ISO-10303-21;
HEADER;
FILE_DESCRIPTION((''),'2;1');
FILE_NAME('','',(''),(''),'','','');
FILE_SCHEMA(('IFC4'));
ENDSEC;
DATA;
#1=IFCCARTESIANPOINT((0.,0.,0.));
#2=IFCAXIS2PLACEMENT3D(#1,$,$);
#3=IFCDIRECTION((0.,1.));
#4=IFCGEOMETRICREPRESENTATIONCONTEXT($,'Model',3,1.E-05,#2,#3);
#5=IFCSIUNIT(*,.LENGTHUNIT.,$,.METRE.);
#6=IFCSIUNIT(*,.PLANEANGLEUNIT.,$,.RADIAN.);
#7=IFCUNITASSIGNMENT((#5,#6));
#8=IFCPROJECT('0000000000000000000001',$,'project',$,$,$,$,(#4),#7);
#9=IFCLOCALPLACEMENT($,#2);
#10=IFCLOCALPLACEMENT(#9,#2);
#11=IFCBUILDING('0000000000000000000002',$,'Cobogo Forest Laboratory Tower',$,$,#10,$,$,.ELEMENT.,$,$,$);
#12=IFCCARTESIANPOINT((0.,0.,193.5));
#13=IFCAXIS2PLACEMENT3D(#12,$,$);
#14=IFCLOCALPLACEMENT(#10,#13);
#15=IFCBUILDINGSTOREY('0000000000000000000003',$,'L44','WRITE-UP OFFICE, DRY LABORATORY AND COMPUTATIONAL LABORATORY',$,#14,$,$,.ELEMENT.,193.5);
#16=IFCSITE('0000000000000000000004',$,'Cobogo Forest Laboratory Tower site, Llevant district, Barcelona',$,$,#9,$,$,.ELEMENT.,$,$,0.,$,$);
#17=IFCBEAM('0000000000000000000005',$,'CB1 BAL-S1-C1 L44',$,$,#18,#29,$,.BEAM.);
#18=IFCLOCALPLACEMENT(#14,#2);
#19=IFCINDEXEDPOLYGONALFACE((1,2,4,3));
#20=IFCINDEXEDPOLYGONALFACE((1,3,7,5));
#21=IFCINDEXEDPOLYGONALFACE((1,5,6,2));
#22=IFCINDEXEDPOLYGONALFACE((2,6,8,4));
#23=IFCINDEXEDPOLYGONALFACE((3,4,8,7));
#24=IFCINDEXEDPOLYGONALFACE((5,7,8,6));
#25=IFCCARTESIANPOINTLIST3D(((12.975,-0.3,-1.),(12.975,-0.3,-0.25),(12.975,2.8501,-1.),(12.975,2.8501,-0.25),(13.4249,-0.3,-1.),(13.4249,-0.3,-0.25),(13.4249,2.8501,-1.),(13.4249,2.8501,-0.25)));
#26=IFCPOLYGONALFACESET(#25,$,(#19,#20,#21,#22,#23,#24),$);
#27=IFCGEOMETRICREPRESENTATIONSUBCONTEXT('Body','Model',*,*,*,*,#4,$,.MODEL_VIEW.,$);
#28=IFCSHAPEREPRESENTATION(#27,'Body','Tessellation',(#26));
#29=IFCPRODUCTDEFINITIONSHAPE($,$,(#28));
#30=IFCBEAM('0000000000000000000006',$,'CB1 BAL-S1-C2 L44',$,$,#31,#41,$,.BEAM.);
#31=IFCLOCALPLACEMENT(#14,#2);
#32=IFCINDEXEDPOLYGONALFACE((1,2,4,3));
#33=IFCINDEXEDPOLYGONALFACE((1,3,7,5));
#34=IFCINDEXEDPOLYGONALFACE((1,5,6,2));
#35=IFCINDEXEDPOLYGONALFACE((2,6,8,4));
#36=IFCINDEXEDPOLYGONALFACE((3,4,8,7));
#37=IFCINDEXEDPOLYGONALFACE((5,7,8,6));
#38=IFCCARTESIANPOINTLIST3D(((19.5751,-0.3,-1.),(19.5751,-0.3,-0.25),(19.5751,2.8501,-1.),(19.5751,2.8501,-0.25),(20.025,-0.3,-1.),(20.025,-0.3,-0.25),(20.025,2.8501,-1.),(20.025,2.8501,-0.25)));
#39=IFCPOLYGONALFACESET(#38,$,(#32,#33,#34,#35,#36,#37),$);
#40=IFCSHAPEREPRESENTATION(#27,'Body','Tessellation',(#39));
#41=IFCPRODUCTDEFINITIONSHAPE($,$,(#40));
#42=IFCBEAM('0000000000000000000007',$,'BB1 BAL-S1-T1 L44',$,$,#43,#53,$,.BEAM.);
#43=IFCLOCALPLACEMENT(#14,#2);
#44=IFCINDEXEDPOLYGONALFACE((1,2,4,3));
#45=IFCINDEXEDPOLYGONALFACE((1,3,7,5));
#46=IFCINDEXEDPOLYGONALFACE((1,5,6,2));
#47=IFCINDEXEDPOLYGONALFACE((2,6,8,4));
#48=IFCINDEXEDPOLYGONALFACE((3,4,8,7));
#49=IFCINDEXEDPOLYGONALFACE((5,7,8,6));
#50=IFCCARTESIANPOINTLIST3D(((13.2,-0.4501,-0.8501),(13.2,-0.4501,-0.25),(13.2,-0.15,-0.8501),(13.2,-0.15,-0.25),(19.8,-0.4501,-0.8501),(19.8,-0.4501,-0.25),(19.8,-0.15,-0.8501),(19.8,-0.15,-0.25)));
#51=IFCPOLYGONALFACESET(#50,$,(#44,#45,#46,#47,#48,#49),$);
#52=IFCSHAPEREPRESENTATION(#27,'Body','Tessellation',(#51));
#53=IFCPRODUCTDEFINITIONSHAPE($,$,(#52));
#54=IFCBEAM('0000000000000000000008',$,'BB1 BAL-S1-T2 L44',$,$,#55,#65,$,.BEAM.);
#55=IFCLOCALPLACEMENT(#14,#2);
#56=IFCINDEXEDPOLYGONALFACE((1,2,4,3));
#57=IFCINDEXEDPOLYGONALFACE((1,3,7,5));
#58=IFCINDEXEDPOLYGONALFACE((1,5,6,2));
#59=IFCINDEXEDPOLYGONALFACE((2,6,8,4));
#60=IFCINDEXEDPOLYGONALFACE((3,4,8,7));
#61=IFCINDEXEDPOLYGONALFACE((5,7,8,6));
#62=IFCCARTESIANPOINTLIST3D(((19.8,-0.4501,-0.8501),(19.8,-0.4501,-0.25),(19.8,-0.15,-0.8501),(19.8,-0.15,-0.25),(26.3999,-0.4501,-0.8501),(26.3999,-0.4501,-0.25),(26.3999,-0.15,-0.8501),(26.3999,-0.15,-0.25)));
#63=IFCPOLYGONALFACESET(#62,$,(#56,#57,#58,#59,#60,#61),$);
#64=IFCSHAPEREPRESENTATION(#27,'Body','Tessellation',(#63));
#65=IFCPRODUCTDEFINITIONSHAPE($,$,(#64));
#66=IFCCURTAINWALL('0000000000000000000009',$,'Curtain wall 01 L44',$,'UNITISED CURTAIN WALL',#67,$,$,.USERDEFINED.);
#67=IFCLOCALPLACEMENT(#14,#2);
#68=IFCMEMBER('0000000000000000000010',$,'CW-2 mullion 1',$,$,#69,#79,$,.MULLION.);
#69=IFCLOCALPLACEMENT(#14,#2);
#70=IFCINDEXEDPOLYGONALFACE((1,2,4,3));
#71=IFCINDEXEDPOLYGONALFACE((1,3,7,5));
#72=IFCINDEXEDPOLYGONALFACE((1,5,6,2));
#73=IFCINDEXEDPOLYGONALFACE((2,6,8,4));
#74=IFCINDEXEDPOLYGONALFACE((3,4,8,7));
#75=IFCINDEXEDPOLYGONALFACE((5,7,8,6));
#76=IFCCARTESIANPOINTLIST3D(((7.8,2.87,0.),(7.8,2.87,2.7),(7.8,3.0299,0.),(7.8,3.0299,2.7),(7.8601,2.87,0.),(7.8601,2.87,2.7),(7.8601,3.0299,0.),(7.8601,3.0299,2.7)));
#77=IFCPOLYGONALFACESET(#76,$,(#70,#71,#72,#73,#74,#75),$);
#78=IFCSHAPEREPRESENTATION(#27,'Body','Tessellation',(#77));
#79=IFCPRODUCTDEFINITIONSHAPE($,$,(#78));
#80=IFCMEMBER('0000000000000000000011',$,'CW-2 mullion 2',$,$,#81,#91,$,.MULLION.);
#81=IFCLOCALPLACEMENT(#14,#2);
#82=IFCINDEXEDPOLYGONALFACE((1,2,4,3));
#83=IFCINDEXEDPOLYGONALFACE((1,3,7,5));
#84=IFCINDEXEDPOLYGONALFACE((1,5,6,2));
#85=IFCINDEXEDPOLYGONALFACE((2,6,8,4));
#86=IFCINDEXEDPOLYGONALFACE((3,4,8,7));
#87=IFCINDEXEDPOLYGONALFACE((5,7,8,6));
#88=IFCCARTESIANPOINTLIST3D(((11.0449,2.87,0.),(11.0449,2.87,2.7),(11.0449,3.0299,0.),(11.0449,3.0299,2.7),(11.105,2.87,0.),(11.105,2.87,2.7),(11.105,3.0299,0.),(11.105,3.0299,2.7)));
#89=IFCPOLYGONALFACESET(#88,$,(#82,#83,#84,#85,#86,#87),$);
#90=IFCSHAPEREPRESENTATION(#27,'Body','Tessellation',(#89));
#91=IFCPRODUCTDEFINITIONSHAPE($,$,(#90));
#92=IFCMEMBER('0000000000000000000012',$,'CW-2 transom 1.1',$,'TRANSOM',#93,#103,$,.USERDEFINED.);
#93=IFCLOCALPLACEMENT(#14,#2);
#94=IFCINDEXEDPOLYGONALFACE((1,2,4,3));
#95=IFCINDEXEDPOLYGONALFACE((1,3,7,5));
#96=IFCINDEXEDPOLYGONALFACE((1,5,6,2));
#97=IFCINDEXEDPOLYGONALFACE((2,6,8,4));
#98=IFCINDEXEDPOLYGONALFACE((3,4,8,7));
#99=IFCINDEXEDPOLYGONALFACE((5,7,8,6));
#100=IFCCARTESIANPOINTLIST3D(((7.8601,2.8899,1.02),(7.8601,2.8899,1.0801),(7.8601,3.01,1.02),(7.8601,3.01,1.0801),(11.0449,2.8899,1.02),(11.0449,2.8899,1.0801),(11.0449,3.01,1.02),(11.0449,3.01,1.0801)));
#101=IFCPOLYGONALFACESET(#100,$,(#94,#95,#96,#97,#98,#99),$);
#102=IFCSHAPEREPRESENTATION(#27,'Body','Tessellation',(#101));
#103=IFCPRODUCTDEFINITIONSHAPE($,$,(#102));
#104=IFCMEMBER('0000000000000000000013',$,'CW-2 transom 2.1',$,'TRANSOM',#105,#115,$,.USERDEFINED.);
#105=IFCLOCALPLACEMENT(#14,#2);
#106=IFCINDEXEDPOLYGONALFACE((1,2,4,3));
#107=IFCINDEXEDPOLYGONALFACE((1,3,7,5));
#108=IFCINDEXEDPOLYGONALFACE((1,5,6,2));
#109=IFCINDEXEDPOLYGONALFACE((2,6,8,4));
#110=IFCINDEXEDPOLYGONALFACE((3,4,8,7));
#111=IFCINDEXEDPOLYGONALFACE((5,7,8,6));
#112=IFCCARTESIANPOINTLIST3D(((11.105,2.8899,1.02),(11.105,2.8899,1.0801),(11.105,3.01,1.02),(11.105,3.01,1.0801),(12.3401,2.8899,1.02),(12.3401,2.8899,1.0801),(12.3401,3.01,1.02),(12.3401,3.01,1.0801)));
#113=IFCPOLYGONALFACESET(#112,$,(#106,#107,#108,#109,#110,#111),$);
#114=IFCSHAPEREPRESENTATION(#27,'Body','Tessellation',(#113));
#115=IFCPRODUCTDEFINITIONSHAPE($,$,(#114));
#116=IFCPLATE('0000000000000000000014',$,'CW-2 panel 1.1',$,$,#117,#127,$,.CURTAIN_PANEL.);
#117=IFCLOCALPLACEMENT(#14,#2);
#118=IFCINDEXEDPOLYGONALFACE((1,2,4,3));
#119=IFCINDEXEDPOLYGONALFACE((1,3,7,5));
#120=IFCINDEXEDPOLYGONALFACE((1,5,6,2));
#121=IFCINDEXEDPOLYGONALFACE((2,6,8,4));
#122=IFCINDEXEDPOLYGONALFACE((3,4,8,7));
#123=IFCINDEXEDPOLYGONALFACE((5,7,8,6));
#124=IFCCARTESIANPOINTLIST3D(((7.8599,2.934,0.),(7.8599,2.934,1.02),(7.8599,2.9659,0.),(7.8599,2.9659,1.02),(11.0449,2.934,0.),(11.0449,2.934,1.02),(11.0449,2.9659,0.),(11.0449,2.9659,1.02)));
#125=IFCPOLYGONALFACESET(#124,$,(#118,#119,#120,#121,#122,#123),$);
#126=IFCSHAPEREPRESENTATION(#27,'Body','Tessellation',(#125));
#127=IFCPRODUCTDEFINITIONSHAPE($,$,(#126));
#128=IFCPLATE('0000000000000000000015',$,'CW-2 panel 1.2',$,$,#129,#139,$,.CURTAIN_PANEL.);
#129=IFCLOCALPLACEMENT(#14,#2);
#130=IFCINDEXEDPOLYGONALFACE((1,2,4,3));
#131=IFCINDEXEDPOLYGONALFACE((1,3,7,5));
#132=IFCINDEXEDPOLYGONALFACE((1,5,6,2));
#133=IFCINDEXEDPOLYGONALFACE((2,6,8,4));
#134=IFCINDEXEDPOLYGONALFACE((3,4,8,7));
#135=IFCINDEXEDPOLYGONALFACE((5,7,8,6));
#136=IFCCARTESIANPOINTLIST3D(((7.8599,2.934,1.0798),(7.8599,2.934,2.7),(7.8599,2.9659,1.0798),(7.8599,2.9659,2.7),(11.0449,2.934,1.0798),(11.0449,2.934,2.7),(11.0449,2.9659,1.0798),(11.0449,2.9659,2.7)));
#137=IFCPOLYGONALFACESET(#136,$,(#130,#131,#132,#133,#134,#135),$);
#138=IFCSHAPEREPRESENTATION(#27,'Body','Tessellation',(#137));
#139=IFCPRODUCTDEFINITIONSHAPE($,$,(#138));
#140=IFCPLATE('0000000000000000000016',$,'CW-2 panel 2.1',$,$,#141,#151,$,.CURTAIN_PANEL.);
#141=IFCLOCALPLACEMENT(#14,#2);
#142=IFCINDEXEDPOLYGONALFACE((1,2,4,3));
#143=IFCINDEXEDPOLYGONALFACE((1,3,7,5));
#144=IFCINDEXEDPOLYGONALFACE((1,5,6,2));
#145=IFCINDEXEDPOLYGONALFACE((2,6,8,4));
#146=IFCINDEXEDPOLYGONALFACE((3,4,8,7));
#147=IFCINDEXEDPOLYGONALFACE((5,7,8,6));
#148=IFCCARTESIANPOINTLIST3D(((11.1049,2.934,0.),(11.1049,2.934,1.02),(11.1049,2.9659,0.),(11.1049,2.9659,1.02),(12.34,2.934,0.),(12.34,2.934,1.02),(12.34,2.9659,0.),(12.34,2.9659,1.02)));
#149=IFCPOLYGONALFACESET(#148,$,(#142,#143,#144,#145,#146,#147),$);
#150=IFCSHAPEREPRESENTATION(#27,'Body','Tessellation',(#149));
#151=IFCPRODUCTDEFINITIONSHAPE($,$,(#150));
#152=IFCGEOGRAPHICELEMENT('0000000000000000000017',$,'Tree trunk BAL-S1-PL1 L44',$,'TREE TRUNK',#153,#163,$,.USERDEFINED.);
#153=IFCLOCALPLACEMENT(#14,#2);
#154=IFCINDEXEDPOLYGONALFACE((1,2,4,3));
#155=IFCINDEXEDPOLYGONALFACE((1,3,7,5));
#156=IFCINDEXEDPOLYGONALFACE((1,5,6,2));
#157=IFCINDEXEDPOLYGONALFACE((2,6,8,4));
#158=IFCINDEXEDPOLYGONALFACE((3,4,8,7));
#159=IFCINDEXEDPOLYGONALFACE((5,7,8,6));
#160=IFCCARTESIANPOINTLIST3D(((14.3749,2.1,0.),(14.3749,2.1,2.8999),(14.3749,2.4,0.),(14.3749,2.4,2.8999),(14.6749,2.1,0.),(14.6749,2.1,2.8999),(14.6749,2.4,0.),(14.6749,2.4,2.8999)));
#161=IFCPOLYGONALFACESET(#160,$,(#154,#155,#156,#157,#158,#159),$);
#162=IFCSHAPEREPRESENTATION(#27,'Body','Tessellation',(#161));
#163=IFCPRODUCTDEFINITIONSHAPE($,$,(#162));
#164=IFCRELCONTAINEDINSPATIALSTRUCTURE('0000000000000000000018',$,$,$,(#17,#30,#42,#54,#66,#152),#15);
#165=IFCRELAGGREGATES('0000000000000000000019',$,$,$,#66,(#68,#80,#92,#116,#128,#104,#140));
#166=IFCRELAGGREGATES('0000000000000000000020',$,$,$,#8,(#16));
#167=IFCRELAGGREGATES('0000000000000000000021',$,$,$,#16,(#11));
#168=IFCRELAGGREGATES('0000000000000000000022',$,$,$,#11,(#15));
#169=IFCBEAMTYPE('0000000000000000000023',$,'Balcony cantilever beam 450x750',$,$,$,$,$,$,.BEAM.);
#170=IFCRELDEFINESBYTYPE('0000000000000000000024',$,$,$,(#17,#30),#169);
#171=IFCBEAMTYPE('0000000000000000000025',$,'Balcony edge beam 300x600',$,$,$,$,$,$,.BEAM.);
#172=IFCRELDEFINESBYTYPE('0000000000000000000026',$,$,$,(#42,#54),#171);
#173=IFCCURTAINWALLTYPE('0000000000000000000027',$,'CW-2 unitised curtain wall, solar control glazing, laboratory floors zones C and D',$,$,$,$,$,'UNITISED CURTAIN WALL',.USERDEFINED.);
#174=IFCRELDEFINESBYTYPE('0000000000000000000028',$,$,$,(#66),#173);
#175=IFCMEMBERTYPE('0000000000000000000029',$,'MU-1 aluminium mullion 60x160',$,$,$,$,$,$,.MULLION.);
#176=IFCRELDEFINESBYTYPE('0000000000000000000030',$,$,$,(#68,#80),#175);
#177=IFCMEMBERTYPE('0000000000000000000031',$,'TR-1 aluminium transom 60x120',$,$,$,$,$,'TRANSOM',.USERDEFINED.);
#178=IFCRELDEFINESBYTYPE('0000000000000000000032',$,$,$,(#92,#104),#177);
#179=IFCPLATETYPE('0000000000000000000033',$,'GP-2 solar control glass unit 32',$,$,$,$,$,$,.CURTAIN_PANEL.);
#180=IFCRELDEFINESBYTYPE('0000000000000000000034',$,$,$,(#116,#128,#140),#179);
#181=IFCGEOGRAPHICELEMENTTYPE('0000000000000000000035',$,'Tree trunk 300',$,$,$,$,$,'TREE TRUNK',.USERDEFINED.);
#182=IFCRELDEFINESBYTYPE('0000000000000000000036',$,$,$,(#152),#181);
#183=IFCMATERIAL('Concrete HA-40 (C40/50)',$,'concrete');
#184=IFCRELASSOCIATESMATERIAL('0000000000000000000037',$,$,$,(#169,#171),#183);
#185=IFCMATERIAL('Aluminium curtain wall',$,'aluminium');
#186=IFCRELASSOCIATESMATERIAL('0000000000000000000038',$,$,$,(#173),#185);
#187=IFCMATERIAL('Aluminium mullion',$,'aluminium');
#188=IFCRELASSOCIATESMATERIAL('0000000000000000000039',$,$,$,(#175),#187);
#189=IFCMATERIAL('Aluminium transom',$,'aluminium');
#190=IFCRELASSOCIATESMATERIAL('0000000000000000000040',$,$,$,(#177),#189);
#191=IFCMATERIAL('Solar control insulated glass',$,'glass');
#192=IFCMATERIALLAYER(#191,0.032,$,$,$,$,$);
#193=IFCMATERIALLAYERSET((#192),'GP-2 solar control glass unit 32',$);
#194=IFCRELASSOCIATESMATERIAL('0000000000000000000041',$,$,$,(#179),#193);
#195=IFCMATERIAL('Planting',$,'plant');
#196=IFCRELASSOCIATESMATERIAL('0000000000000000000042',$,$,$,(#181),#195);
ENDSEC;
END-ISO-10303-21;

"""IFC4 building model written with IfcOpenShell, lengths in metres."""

from ifc_helpers import new_model, si_unit, direction, frame, origin, origin_2d, place, context, subcontext, project, spatial, rectangle, extrude, material, layer, layer_set, material_profile, profile_set, type_object, element, aggregate, save


model = new_model("IFC4")

# Units and contexts
model_context = context("Model", 3, precision=1e-05, world=origin(), true_north=direction((0.0, 1.0)))
body_context = subcontext(model_context, "Body", "Model", "MODEL_VIEW")
ifc_project = project(units=[si_unit("LENGTHUNIT", "METRE"), si_unit("PLANEANGLEUNIT", "RADIAN")], contexts=[model_context])

# Site, building, storey
site_placement = place(None, origin())
site = spatial("IfcSite", under=ifc_project, at=site_placement, Name="Cobogo Forest Laboratory Tower site, Llevant district, Barcelona", CompositionType="ELEMENT", RefElevation=0.0)
building_placement = place(site_placement, origin())
building = spatial("IfcBuilding", under=site, at=building_placement, Name="Cobogo Forest Laboratory Tower", CompositionType="ELEMENT")
storey_placement = place(building_placement, frame((0.0, 0.0, 193.5)))
storey = spatial("IfcBuildingStorey", under=building, at=storey_placement, Name="L44", Description="WRITE-UP OFFICE, DRY LABORATORY AND COMPUTATIONAL LABORATORY", CompositionType="ELEMENT", Elevation=193.5)

# Beams
ifc_material_1 = material(Name="Concrete HA-40 (C40/50)", Category="concrete")
ifc_material_profile_1 = material_profile(ifc_material_1, rectangle(XDim=0.45, YDim=0.75, at=origin_2d()), Name="RC 450x750")
ifc_profile_set_1 = profile_set([ifc_material_profile_1], Name="Concrete HA-40 (C40/50)")
beam_type_1 = type_object("IfcBeamType", Name="Balcony cantilever beam 450x750", PredefinedType="BEAM", material=ifc_profile_set_1)
for number, where, z_axis, x_axis, name in (
    (1, (13.2, 2.8501, -0.625), (0.0, -1.0, 0.0), (1.0, 0.0, 0.0), "CB1 BAL-S1-C1 L44"),
    (2, (19.8, 2.8501, -0.625), (0.0, -1.0, 0.0), (1.0, 0.0, 0.0), "CB1 BAL-S1-C2 L44"),
):
    element("IfcBeam", number, at=place(storey_placement, frame(where, z_axis=z_axis, x_axis=x_axis)), inside=storey, type_object=beam_type_1, Name=name, PredefinedType="BEAM", context=body_context, shape_type="SweptSolid", body=[
        extrude(rectangle(XDim=0.45, YDim=0.75, at=origin_2d()), origin(), (0.0, 0.0, 1.0), 3.1501),
    ])
ifc_material_profile_2 = material_profile(ifc_material_1, rectangle(XDim=0.3, YDim=0.6001, at=origin_2d()), Name="RC 300x600")
ifc_profile_set_2 = profile_set([ifc_material_profile_2], Name="Concrete HA-40 (C40/50)")
beam_type_2 = type_object("IfcBeamType", Name="Balcony edge beam 300x600", PredefinedType="BEAM", material=ifc_profile_set_2)
beam_1_placement = place(storey_placement, frame((13.2, -0.3, -0.55), z_axis=(1.0, 0.0, 0.0), x_axis=(0.0, 1.0, 0.0)))
element("IfcBeam", 3, at=beam_1_placement, inside=storey, type_object=beam_type_2, Name="BB1 BAL-S1-T1 L44", PredefinedType="BEAM", context=body_context, shape_type="SweptSolid", body=[
    extrude(rectangle(XDim=0.3, YDim=0.6001, at=origin_2d()), origin(), (0.0, 0.0, 1.0), 6.6001),
])
beam_2_placement = place(storey_placement, frame((19.8, -0.3, -0.55), z_axis=(1.0, 0.0, 0.0), x_axis=(0.0, 1.0, 0.0)))
element("IfcBeam", 4, at=beam_2_placement, inside=storey, type_object=beam_type_2, Name="BB1 BAL-S1-T2 L44", PredefinedType="BEAM", context=body_context, shape_type="SweptSolid", body=[
    extrude(rectangle(XDim=0.3, YDim=0.6001, at=origin_2d()), origin(), (0.0, 0.0, 1.0), 6.5999),
])

# Curtain wall, members, plates
ifc_material_2 = material(Name="Aluminium curtain wall", Category="aluminium")
curtain_wall_type = type_object("IfcCurtainWallType", Name="CW-2 unitised curtain wall, solar control glazing, laboratory floors zones C and D", ElementType="UNITISED CURTAIN WALL", PredefinedType="USERDEFINED", material=ifc_material_2)
curtain_wall_placement = place(storey_placement, origin())
curtain_wall = element("IfcCurtainWall", 5, at=curtain_wall_placement, inside=storey, type_object=curtain_wall_type, Name="Curtain wall 01 L44", ObjectType="UNITISED CURTAIN WALL", PredefinedType="USERDEFINED")
ifc_material_3 = material(Name="Aluminium mullion", Category="aluminium")
ifc_material_profile_3 = material_profile(ifc_material_3, rectangle(XDim=0.0601, YDim=0.1599, at=origin_2d()), Name="AL 60x160")
ifc_profile_set_3 = profile_set([ifc_material_profile_3], Name="Aluminium mullion")
member_type_1 = type_object("IfcMemberType", Name="MU-1 aluminium mullion 60x160", PredefinedType="MULLION", material=ifc_profile_set_3)
member_1_placement = place(storey_placement, frame((7.8301, 2.95, 0.0), z_axis=(0.0, 0.0, 1.0), x_axis=(1.0, 0.0, 0.0)))
member_1 = element("IfcMember", 6, at=member_1_placement, type_object=member_type_1, Name="CW-2 mullion 1", PredefinedType="MULLION", context=body_context, shape_type="SweptSolid", body=[
    extrude(rectangle(XDim=0.0601, YDim=0.1599, at=origin_2d()), origin(), (0.0, 0.0, 1.0), 2.7),
])
member_2_placement = place(storey_placement, frame((11.075, 2.95, 0.0), z_axis=(0.0, 0.0, 1.0), x_axis=(1.0, 0.0, 0.0)))
member_2 = element("IfcMember", 7, at=member_2_placement, type_object=member_type_1, Name="CW-2 mullion 2", PredefinedType="MULLION", context=body_context, shape_type="SweptSolid", body=[
    extrude(rectangle(XDim=0.0601, YDim=0.1599, at=origin_2d()), origin(), (0.0, 0.0, 1.0), 2.7),
])
ifc_material_4 = material(Name="Aluminium transom", Category="aluminium")
ifc_material_profile_4 = material_profile(ifc_material_4, rectangle(XDim=0.1201, YDim=0.0601, at=origin_2d()), Name="AL 60x120")
ifc_profile_set_4 = profile_set([ifc_material_profile_4], Name="Aluminium transom")
member_type_2 = type_object("IfcMemberType", Name="TR-1 aluminium transom 60x120", ElementType="TRANSOM", PredefinedType="USERDEFINED", material=ifc_profile_set_4)
member_3_placement = place(storey_placement, frame((7.8601, 2.95, 1.05), z_axis=(1.0, 0.0, 0.0), x_axis=(0.0, 1.0, 0.0)))
member_3 = element("IfcMember", 8, at=member_3_placement, type_object=member_type_2, Name="CW-2 transom 1.1", ObjectType="TRANSOM", PredefinedType="USERDEFINED", context=body_context, shape_type="SweptSolid", body=[
    extrude(rectangle(XDim=0.1201, YDim=0.0601, at=origin_2d()), origin(), (0.0, 0.0, 1.0), 3.1848),
])
member_4_placement = place(storey_placement, frame((11.105, 2.95, 1.05), z_axis=(1.0, 0.0, 0.0), x_axis=(0.0, 1.0, 0.0)))
member_4 = element("IfcMember", 9, at=member_4_placement, type_object=member_type_2, Name="CW-2 transom 2.1", ObjectType="TRANSOM", PredefinedType="USERDEFINED", context=body_context, shape_type="SweptSolid", body=[
    extrude(rectangle(XDim=0.1201, YDim=0.0601, at=origin_2d()), origin(), (0.0, 0.0, 1.0), 1.2351),
])
ifc_material_5 = material(Name="Solar control insulated glass", Category="glass")
ifc_layer = layer(ifc_material_5, 0.032)
ifc_layer_set = layer_set([ifc_layer], Name="GP-2 solar control glass unit 32")
plate_type = type_object("IfcPlateType", Name="GP-2 solar control glass unit 32", PredefinedType="CURTAIN_PANEL", material=ifc_layer_set)
plate_1_placement = place(storey_placement, frame((9.4524, 2.95, 0.0), z_axis=(0.0, 0.0, 1.0), x_axis=(1.0, 0.0, 0.0)))
plate_1 = element("IfcPlate", 10, at=plate_1_placement, type_object=plate_type, Name="CW-2 panel 1.1", PredefinedType="CURTAIN_PANEL", context=body_context, shape_type="SweptSolid", body=[
    extrude(rectangle(XDim=3.1851, YDim=0.032, at=origin_2d()), origin(), (0.0, 0.0, 1.0), 1.02),
])
plate_2_placement = place(storey_placement, frame((9.4524, 2.95, 1.0798), z_axis=(0.0, 0.0, 1.0), x_axis=(1.0, 0.0, 0.0)))
plate_2 = element("IfcPlate", 11, at=plate_2_placement, type_object=plate_type, Name="CW-2 panel 1.2", PredefinedType="CURTAIN_PANEL", context=body_context, shape_type="SweptSolid", body=[
    extrude(rectangle(XDim=3.1851, YDim=0.032, at=origin_2d()), origin(), (0.0, 0.0, 1.0), 1.6201),
])
plate_3_placement = place(storey_placement, frame((11.7224, 2.95, 0.0), z_axis=(0.0, 0.0, 1.0), x_axis=(1.0, 0.0, 0.0)))
plate_3 = element("IfcPlate", 12, at=plate_3_placement, type_object=plate_type, Name="CW-2 panel 2.1", PredefinedType="CURTAIN_PANEL", context=body_context, shape_type="SweptSolid", body=[
    extrude(rectangle(XDim=1.2351, YDim=0.032, at=origin_2d()), origin(), (0.0, 0.0, 1.0), 1.02),
])
aggregate(curtain_wall, [member_1, member_2, member_3, plate_1, plate_2, member_4, plate_3])

# Geographic element
ifc_material_6 = material(Name="Planting", Category="plant")
geographic_element_type = type_object("IfcGeographicElementType", Name="Tree trunk 300", ElementType="TREE TRUNK", PredefinedType="USERDEFINED", material=ifc_material_6)
geographic_element_placement = place(storey_placement, frame((14.5249, 2.25, 0.0), z_axis=(0.0, 0.0, 1.0), x_axis=(1.0, 0.0, 0.0)))
element("IfcGeographicElement", 13, at=geographic_element_placement, inside=storey, type_object=geographic_element_type, Name="Tree trunk BAL-S1-PL1 L44", ObjectType="TREE TRUNK", PredefinedType="USERDEFINED", context=body_context, shape_type="SweptSolid", body=[
    extrude(rectangle(XDim=0.3, YDim=0.3, at=origin_2d()), origin(), (0.0, 0.0, 1.0), 2.8999),
])

save(model, "model.ifc")
